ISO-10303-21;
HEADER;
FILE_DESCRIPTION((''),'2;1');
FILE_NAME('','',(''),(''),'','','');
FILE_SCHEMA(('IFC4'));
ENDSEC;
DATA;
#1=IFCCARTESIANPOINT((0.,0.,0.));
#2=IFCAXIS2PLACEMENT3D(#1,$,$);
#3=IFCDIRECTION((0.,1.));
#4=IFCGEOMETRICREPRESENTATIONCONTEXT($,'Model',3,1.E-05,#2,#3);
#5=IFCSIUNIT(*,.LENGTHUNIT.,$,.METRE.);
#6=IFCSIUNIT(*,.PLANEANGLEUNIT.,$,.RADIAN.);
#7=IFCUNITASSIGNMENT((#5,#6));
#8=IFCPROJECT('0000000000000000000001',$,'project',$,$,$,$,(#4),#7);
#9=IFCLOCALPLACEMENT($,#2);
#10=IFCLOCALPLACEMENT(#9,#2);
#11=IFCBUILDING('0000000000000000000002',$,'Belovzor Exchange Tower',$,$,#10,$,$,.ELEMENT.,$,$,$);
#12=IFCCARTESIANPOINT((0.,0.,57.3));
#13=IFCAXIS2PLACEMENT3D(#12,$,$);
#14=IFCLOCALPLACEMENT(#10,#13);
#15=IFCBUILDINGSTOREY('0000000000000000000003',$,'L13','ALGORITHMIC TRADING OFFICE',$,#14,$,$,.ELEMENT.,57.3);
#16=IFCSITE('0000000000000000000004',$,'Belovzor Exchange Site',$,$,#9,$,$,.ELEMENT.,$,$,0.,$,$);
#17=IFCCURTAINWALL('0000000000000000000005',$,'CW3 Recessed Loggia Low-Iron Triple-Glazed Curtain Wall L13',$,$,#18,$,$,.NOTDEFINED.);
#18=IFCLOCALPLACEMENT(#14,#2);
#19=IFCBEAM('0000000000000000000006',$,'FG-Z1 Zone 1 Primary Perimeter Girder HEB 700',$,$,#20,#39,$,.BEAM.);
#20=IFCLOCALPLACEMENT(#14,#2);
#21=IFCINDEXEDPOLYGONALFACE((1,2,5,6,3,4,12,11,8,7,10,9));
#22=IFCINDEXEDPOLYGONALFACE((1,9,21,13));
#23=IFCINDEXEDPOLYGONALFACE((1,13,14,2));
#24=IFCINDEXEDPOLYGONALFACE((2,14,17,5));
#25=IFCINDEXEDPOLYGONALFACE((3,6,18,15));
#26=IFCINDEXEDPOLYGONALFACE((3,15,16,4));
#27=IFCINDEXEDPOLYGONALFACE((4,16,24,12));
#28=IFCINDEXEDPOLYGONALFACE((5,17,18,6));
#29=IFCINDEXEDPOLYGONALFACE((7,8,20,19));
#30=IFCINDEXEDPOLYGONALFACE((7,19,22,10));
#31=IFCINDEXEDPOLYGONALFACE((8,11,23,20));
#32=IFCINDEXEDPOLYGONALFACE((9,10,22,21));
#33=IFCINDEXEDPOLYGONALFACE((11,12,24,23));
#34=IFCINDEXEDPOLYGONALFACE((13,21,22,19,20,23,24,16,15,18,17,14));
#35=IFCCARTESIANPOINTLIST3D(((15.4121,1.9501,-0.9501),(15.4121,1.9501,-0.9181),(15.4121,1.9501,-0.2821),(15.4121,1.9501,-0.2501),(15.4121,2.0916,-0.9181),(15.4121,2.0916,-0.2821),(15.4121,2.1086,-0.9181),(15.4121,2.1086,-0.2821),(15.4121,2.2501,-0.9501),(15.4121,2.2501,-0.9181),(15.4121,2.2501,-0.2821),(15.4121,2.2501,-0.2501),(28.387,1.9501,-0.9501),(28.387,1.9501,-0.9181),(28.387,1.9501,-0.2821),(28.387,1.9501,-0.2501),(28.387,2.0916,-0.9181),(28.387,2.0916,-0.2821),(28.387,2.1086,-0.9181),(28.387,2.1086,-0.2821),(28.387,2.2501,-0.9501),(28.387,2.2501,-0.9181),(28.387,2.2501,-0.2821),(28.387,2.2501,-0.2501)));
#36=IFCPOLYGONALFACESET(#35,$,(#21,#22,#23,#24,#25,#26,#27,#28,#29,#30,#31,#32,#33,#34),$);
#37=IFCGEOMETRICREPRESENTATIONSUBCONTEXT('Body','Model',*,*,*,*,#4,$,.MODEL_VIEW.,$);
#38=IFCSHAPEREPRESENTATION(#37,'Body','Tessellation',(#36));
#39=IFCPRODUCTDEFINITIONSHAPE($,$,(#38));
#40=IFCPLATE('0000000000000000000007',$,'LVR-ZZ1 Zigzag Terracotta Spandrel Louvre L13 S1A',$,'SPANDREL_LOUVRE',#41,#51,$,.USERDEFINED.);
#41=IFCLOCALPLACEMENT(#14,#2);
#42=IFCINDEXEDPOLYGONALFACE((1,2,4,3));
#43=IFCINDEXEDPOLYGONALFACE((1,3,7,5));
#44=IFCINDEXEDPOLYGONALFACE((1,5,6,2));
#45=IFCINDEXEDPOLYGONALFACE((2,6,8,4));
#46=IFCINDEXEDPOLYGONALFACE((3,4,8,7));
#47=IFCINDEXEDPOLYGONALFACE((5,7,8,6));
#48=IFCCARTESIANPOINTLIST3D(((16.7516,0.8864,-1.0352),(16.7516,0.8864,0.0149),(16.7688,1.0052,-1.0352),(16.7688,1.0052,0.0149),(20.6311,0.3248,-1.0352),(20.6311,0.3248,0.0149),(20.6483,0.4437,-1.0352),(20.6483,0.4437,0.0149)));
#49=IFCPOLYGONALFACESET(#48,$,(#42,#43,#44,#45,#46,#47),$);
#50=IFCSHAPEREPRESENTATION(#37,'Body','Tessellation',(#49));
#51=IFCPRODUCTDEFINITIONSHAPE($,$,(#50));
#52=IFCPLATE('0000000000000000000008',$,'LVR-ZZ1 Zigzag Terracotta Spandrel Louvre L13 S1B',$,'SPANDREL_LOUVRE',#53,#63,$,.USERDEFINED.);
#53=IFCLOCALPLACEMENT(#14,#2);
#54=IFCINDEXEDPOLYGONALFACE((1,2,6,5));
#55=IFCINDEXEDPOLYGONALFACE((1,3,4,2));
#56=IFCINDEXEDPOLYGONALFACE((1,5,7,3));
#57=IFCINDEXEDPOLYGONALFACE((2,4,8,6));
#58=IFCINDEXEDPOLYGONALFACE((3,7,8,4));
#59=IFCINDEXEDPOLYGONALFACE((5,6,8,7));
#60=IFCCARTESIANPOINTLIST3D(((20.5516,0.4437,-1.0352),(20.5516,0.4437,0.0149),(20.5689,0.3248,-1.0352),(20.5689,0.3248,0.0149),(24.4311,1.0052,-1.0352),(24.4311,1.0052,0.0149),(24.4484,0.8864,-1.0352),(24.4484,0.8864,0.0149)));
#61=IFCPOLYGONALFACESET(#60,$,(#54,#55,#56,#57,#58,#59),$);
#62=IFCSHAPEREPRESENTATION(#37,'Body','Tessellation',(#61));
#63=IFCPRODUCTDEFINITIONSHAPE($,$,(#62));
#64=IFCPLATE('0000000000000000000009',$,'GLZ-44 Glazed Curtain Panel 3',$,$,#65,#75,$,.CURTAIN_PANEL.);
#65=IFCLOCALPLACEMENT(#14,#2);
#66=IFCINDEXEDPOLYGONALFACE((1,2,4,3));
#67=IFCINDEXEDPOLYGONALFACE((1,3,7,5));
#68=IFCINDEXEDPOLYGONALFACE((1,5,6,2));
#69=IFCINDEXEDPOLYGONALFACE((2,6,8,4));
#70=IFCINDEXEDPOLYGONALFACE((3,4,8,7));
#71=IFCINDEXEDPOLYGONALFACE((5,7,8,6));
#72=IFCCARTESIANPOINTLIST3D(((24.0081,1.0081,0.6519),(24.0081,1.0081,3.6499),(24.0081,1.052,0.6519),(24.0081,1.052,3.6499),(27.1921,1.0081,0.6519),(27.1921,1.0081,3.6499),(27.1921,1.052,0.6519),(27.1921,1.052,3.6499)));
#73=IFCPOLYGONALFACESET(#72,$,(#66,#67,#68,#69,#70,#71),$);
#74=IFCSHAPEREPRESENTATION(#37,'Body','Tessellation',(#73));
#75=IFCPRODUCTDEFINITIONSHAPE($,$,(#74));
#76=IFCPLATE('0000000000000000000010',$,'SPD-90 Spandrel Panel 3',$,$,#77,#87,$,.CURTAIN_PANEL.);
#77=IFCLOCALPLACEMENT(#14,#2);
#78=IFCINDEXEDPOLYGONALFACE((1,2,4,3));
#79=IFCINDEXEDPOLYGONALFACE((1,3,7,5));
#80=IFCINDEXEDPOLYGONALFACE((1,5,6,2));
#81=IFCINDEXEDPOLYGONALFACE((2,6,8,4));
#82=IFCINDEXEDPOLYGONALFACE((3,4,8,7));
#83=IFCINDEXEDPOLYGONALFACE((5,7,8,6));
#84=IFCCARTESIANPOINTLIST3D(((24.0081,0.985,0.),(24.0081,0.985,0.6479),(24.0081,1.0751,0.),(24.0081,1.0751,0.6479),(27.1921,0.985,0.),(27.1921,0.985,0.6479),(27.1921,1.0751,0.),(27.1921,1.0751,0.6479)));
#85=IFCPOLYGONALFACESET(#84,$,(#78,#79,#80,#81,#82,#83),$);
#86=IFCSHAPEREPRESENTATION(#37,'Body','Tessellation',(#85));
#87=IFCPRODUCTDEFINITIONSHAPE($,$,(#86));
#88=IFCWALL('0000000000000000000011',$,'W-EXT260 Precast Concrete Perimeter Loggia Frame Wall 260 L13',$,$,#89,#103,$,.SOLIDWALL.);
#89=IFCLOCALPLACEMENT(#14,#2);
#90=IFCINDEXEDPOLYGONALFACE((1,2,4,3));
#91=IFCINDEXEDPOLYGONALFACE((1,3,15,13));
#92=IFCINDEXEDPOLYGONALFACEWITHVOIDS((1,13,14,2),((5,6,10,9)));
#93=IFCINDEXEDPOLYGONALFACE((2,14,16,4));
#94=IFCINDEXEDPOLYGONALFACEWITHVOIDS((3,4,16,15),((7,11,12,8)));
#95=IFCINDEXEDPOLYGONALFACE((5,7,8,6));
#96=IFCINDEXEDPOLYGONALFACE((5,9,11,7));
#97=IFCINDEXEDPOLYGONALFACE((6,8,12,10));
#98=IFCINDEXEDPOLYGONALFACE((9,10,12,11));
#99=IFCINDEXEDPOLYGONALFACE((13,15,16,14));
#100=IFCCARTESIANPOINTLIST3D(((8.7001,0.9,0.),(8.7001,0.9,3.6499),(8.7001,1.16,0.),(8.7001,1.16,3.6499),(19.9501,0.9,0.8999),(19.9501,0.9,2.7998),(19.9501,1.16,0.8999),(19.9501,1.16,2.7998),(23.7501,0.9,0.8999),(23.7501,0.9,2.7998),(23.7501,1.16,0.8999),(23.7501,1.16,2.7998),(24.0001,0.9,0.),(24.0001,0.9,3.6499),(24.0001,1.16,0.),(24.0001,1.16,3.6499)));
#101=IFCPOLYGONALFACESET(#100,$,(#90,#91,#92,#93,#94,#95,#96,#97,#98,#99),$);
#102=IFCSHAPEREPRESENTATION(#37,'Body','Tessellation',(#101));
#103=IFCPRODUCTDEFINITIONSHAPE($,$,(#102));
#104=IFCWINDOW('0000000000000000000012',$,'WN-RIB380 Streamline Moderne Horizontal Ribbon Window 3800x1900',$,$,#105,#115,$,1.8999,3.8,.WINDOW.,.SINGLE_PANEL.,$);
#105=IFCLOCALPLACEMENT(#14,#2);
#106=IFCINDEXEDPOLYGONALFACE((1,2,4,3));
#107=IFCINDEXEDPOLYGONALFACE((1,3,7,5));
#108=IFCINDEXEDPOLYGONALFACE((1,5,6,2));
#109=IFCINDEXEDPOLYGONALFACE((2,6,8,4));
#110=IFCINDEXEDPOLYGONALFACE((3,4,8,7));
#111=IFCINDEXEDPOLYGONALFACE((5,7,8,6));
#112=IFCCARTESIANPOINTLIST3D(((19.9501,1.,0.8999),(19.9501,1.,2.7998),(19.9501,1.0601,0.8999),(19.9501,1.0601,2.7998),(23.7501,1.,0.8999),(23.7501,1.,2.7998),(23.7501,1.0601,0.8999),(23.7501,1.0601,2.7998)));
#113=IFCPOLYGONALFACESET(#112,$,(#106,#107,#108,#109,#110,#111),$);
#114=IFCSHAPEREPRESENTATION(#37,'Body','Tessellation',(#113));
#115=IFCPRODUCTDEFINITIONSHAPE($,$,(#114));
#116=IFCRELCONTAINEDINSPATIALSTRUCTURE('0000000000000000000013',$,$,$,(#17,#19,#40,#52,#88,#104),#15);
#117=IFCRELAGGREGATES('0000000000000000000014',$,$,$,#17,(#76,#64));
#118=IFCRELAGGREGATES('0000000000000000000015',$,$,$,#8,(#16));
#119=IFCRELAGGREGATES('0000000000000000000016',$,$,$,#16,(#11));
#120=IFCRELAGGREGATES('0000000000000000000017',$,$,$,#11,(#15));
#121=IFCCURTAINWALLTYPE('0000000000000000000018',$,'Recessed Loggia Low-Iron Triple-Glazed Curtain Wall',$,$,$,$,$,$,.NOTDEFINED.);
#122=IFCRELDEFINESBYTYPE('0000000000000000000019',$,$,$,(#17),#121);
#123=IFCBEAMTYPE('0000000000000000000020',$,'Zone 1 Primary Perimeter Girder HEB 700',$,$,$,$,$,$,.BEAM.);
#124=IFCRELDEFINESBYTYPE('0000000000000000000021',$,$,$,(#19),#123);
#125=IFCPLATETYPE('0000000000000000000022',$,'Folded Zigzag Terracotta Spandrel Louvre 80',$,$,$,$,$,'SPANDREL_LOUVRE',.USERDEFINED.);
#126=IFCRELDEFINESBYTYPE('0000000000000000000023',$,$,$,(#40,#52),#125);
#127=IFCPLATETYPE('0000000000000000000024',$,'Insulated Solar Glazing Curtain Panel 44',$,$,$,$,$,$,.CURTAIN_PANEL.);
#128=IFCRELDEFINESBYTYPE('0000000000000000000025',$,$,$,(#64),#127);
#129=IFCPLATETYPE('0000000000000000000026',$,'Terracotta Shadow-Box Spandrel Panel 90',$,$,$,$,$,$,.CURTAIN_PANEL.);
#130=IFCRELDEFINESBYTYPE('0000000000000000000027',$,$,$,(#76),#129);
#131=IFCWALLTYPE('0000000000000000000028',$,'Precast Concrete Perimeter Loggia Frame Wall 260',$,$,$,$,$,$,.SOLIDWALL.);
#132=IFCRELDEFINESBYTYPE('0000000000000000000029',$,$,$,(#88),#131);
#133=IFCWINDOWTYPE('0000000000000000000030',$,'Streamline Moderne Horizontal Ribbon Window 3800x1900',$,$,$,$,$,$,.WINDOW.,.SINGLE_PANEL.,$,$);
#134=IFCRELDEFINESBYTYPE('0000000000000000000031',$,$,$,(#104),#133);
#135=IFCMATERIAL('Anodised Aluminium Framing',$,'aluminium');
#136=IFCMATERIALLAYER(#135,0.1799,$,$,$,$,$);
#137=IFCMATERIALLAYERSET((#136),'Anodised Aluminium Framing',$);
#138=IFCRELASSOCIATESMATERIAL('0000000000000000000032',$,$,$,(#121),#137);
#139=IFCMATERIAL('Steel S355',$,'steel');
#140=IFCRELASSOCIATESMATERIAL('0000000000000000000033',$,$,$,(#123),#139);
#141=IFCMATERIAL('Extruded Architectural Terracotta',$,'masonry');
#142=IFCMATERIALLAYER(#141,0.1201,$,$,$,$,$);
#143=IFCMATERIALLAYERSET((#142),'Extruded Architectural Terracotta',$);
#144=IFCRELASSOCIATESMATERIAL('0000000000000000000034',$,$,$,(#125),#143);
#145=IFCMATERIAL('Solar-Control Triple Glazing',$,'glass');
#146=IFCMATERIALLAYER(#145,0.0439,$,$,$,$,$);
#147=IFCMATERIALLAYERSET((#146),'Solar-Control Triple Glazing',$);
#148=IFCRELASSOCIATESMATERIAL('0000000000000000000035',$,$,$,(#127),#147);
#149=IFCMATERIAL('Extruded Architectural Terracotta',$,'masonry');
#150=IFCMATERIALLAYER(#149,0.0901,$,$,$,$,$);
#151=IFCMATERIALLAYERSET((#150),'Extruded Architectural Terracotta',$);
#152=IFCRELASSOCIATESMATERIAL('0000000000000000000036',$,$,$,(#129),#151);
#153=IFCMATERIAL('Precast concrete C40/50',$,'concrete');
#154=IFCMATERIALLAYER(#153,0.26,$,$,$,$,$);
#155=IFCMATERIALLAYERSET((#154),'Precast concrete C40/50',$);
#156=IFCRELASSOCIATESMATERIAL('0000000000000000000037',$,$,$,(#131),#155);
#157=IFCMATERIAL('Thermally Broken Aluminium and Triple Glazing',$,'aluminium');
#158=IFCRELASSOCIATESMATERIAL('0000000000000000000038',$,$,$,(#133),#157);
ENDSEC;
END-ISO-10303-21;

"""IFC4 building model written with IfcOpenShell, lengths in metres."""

from ifc_helpers import new_model, si_unit, direction, frame, frame_2d, origin, origin_2d, place, context, subcontext, project, spatial, rectangle, i_section, extrude, material, layer, layer_set, material_profile, profile_set, type_object, element, fill, aggregate, save


model = new_model("IFC4")

# Units and contexts
model_context = context("Model", 3, precision=1e-05, world=origin(), true_north=direction((0.0, 1.0)))
body_context = subcontext(model_context, "Body", "Model", "MODEL_VIEW")
ifc_project = project(units=[si_unit("LENGTHUNIT", "METRE"), si_unit("PLANEANGLEUNIT", "RADIAN")], contexts=[model_context])

# Site, building, storey
site_placement = place(None, origin())
site = spatial("IfcSite", under=ifc_project, at=site_placement, Name="Belovzor Exchange Site", CompositionType="ELEMENT", RefElevation=0.0)
building_placement = place(site_placement, origin())
building = spatial("IfcBuilding", under=site, at=building_placement, Name="Belovzor Exchange Tower", CompositionType="ELEMENT")
storey_placement = place(building_placement, frame((0.0, 0.0, 57.3)))
storey = spatial("IfcBuildingStorey", under=building, at=storey_placement, Name="L13", Description="ALGORITHMIC TRADING OFFICE", CompositionType="ELEMENT", Elevation=57.3)

# Curtain wall
ifc_material_1 = material(Name="Anodised Aluminium Framing", Category="aluminium")
ifc_layer_1 = layer(ifc_material_1, 0.1799)
ifc_layer_set_1 = layer_set([ifc_layer_1], Name="Anodised Aluminium Framing")
curtain_wall_type = type_object("IfcCurtainWallType", Name="Recessed Loggia Low-Iron Triple-Glazed Curtain Wall", PredefinedType="NOTDEFINED", material=ifc_layer_set_1)
curtain_wall_placement = place(storey_placement, origin())
curtain_wall = element("IfcCurtainWall", 1, at=curtain_wall_placement, inside=storey, type_object=curtain_wall_type, Name="CW3 Recessed Loggia Low-Iron Triple-Glazed Curtain Wall L13", PredefinedType="NOTDEFINED")

# Beam
ifc_material_2 = material(Name="Steel S355", Category="steel")
ifc_material_profile_1 = material_profile(ifc_material_2, i_section(OverallWidth=0.3, OverallDepth=0.7, WebThickness=0.0171, FlangeThickness=0.032, at=origin_2d()))
ifc_profile_set_1 = profile_set([ifc_material_profile_1], Name="Steel S355")
beam_type_1 = type_object("IfcBeamType", Name="Zone 1 Primary Perimeter Girder HEB 700", PredefinedType="BEAM", material=ifc_profile_set_1)
beam_1_placement = place(storey_placement, frame((15.4121, 2.1001, -0.6001), z_axis=(1.0, 0.0, 0.0), x_axis=(0.0, 1.0, 0.0)))
element("IfcBeam", 2, at=beam_1_placement, inside=storey, type_object=beam_type_1, Name="FG-Z1 Zone 1 Primary Perimeter Girder HEB 700", PredefinedType="BEAM", context=body_context, shape_type="SweptSolid", body=[
    extrude(i_section(OverallWidth=0.3, OverallDepth=0.7, WebThickness=0.0171, FlangeThickness=0.032, at=origin_2d()), origin(), (0.0, 0.0, 1.0), 12.9749),
])

# Plates
ifc_material_3 = material(Name="Extruded Architectural Terracotta", Category="masonry")
ifc_layer_2 = layer(ifc_material_3, 0.1201)
ifc_layer_set_2 = layer_set([ifc_layer_2], Name="Extruded Architectural Terracotta")
plate_type_1 = type_object("IfcPlateType", Name="Folded Zigzag Terracotta Spandrel Louvre 80", ElementType="SPANDREL_LOUVRE", PredefinedType="USERDEFINED", material=ifc_layer_set_2)
for number, where, z_axis, x_axis, name in (
    (3, (18.7, 0.665, -1.0352), (0.0, 0.0, 1.0), (0.989686, -0.143251, 0.0), "LVR-ZZ1 Zigzag Terracotta Spandrel Louvre L13 S1A"),
    (4, (22.5, 0.665, -1.0352), (0.0, 0.0, 1.0), (0.989686, 0.143251, 0.0), "LVR-ZZ1 Zigzag Terracotta Spandrel Louvre L13 S1B"),
):
    element("IfcPlate", number, at=place(storey_placement, frame(where, z_axis=z_axis, x_axis=x_axis)), inside=storey, type_object=plate_type_1, Name=name, ObjectType="SPANDREL_LOUVRE", PredefinedType="USERDEFINED", context=body_context, shape_type="SweptSolid", body=[
        extrude(rectangle(XDim=3.9199, YDim=0.1201, at=origin_2d()), origin(), (0.0, 0.0, 1.0), 1.05),
    ])

# Plates
ifc_material_4 = material(Name="Solar-Control Triple Glazing", Category="glass")
ifc_layer_3 = layer(ifc_material_4, 0.0439)
ifc_layer_set_3 = layer_set([ifc_layer_3], Name="Solar-Control Triple Glazing")
plate_type_2 = type_object("IfcPlateType", Name="Insulated Solar Glazing Curtain Panel 44", PredefinedType="CURTAIN_PANEL", material=ifc_layer_set_3)
plate_1_placement = place(storey_placement, frame((25.6001, 1.03, 0.6519), z_axis=(0.0, 0.0, 1.0), x_axis=(-1.0, 0.0, 0.0)))
plate_1 = element("IfcPlate", 5, at=plate_1_placement, type_object=plate_type_2, Name="GLZ-44 Glazed Curtain Panel 3", PredefinedType="CURTAIN_PANEL", context=body_context, shape_type="SweptSolid", body=[
    extrude(rectangle(XDim=3.1841, YDim=0.0439, at=origin_2d()), origin(), (0.0, 0.0, 1.0), 2.998),
])
ifc_material_5 = material(Name="Extruded Architectural Terracotta", Category="masonry")
ifc_layer_4 = layer(ifc_material_5, 0.0901)
ifc_layer_set_4 = layer_set([ifc_layer_4], Name="Extruded Architectural Terracotta")
plate_type_3 = type_object("IfcPlateType", Name="Terracotta Shadow-Box Spandrel Panel 90", PredefinedType="CURTAIN_PANEL", material=ifc_layer_set_4)
plate_2_placement = place(storey_placement, frame((25.6001, 1.03, 0.0), z_axis=(0.0, 0.0, 1.0), x_axis=(-1.0, 0.0, 0.0)))
plate_2 = element("IfcPlate", 6, at=plate_2_placement, type_object=plate_type_3, Name="SPD-90 Spandrel Panel 3", PredefinedType="CURTAIN_PANEL", context=body_context, shape_type="SweptSolid", body=[
    extrude(rectangle(XDim=3.1841, YDim=0.0901, at=origin_2d()), origin(), (0.0, 0.0, 1.0), 0.6479),
])
aggregate(curtain_wall, [plate_2, plate_1])

# Wall, opening, window
ifc_material_6 = material(Name="Precast concrete C40/50", Category="concrete")
ifc_layer_5 = layer(ifc_material_6, 0.26)
ifc_layer_set_5 = layer_set([ifc_layer_5], Name="Precast concrete C40/50")
wall_type = type_object("IfcWallType", Name="Precast Concrete Perimeter Loggia Frame Wall 260", PredefinedType="SOLIDWALL", material=ifc_layer_set_5)
wall_placement = place(storey_placement, frame((24.0, 1.03, 0.0), z_axis=(0.0, 0.0, 1.0), x_axis=(-1.0, 0.0, 0.0)))
wall = element("IfcWall", 7, at=wall_placement, inside=storey, type_object=wall_type, Name="W-EXT260 Precast Concrete Perimeter Loggia Frame Wall 260 L13", PredefinedType="SOLIDWALL", context=body_context, shape_type="SweptSolid", body=[
    extrude(rectangle(XDim=15.3, YDim=0.26, at=frame_2d((7.6499, 0.0))), origin(), (0.0, 0.0, 1.0), 3.6499),
])
opening_placement = place(wall_placement, frame((0.25, 0.0, 0.8999)))
opening = element("IfcOpeningElement", 8, at=opening_placement, cuts=wall, PredefinedType="OPENING", context=body_context, shape_type="SweptSolid", body=[
    extrude(rectangle(XDim=3.8, YDim=1.8999, at=frame_2d((1.8999, 0.95))), frame((0.0, 0.1399, 0.0), z_axis=(0.0, -1.0, 0.0), x_axis=(1.0, 0.0, 0.0)), (0.0, 0.0, 1.0), 0.28),
])
ifc_material_7 = material(Name="Thermally Broken Aluminium and Triple Glazing", Category="aluminium")
window_type = type_object("IfcWindowType", Name="Streamline Moderne Horizontal Ribbon Window 3800x1900", PartitioningType="SINGLE_PANEL", PredefinedType="WINDOW", material=ifc_material_7)
window_placement = place(opening_placement, origin())
window = element("IfcWindow", 9, at=window_placement, inside=storey, type_object=window_type, Name="WN-RIB380 Streamline Moderne Horizontal Ribbon Window 3800x1900", OverallHeight=1.8999, OverallWidth=3.8, PartitioningType="SINGLE_PANEL", PredefinedType="WINDOW", context=body_context, shape_type="SweptSolid", body=[
    extrude(rectangle(XDim=3.8, YDim=1.8999, at=frame_2d((1.8999, 0.95))), frame((0.0, 0.03, 0.0), z_axis=(0.0, -1.0, 0.0), x_axis=(1.0, 0.0, 0.0)), (0.0, 0.0, 1.0), 0.0601),
])
fill(opening, window)

save(model, "model.ifc")
